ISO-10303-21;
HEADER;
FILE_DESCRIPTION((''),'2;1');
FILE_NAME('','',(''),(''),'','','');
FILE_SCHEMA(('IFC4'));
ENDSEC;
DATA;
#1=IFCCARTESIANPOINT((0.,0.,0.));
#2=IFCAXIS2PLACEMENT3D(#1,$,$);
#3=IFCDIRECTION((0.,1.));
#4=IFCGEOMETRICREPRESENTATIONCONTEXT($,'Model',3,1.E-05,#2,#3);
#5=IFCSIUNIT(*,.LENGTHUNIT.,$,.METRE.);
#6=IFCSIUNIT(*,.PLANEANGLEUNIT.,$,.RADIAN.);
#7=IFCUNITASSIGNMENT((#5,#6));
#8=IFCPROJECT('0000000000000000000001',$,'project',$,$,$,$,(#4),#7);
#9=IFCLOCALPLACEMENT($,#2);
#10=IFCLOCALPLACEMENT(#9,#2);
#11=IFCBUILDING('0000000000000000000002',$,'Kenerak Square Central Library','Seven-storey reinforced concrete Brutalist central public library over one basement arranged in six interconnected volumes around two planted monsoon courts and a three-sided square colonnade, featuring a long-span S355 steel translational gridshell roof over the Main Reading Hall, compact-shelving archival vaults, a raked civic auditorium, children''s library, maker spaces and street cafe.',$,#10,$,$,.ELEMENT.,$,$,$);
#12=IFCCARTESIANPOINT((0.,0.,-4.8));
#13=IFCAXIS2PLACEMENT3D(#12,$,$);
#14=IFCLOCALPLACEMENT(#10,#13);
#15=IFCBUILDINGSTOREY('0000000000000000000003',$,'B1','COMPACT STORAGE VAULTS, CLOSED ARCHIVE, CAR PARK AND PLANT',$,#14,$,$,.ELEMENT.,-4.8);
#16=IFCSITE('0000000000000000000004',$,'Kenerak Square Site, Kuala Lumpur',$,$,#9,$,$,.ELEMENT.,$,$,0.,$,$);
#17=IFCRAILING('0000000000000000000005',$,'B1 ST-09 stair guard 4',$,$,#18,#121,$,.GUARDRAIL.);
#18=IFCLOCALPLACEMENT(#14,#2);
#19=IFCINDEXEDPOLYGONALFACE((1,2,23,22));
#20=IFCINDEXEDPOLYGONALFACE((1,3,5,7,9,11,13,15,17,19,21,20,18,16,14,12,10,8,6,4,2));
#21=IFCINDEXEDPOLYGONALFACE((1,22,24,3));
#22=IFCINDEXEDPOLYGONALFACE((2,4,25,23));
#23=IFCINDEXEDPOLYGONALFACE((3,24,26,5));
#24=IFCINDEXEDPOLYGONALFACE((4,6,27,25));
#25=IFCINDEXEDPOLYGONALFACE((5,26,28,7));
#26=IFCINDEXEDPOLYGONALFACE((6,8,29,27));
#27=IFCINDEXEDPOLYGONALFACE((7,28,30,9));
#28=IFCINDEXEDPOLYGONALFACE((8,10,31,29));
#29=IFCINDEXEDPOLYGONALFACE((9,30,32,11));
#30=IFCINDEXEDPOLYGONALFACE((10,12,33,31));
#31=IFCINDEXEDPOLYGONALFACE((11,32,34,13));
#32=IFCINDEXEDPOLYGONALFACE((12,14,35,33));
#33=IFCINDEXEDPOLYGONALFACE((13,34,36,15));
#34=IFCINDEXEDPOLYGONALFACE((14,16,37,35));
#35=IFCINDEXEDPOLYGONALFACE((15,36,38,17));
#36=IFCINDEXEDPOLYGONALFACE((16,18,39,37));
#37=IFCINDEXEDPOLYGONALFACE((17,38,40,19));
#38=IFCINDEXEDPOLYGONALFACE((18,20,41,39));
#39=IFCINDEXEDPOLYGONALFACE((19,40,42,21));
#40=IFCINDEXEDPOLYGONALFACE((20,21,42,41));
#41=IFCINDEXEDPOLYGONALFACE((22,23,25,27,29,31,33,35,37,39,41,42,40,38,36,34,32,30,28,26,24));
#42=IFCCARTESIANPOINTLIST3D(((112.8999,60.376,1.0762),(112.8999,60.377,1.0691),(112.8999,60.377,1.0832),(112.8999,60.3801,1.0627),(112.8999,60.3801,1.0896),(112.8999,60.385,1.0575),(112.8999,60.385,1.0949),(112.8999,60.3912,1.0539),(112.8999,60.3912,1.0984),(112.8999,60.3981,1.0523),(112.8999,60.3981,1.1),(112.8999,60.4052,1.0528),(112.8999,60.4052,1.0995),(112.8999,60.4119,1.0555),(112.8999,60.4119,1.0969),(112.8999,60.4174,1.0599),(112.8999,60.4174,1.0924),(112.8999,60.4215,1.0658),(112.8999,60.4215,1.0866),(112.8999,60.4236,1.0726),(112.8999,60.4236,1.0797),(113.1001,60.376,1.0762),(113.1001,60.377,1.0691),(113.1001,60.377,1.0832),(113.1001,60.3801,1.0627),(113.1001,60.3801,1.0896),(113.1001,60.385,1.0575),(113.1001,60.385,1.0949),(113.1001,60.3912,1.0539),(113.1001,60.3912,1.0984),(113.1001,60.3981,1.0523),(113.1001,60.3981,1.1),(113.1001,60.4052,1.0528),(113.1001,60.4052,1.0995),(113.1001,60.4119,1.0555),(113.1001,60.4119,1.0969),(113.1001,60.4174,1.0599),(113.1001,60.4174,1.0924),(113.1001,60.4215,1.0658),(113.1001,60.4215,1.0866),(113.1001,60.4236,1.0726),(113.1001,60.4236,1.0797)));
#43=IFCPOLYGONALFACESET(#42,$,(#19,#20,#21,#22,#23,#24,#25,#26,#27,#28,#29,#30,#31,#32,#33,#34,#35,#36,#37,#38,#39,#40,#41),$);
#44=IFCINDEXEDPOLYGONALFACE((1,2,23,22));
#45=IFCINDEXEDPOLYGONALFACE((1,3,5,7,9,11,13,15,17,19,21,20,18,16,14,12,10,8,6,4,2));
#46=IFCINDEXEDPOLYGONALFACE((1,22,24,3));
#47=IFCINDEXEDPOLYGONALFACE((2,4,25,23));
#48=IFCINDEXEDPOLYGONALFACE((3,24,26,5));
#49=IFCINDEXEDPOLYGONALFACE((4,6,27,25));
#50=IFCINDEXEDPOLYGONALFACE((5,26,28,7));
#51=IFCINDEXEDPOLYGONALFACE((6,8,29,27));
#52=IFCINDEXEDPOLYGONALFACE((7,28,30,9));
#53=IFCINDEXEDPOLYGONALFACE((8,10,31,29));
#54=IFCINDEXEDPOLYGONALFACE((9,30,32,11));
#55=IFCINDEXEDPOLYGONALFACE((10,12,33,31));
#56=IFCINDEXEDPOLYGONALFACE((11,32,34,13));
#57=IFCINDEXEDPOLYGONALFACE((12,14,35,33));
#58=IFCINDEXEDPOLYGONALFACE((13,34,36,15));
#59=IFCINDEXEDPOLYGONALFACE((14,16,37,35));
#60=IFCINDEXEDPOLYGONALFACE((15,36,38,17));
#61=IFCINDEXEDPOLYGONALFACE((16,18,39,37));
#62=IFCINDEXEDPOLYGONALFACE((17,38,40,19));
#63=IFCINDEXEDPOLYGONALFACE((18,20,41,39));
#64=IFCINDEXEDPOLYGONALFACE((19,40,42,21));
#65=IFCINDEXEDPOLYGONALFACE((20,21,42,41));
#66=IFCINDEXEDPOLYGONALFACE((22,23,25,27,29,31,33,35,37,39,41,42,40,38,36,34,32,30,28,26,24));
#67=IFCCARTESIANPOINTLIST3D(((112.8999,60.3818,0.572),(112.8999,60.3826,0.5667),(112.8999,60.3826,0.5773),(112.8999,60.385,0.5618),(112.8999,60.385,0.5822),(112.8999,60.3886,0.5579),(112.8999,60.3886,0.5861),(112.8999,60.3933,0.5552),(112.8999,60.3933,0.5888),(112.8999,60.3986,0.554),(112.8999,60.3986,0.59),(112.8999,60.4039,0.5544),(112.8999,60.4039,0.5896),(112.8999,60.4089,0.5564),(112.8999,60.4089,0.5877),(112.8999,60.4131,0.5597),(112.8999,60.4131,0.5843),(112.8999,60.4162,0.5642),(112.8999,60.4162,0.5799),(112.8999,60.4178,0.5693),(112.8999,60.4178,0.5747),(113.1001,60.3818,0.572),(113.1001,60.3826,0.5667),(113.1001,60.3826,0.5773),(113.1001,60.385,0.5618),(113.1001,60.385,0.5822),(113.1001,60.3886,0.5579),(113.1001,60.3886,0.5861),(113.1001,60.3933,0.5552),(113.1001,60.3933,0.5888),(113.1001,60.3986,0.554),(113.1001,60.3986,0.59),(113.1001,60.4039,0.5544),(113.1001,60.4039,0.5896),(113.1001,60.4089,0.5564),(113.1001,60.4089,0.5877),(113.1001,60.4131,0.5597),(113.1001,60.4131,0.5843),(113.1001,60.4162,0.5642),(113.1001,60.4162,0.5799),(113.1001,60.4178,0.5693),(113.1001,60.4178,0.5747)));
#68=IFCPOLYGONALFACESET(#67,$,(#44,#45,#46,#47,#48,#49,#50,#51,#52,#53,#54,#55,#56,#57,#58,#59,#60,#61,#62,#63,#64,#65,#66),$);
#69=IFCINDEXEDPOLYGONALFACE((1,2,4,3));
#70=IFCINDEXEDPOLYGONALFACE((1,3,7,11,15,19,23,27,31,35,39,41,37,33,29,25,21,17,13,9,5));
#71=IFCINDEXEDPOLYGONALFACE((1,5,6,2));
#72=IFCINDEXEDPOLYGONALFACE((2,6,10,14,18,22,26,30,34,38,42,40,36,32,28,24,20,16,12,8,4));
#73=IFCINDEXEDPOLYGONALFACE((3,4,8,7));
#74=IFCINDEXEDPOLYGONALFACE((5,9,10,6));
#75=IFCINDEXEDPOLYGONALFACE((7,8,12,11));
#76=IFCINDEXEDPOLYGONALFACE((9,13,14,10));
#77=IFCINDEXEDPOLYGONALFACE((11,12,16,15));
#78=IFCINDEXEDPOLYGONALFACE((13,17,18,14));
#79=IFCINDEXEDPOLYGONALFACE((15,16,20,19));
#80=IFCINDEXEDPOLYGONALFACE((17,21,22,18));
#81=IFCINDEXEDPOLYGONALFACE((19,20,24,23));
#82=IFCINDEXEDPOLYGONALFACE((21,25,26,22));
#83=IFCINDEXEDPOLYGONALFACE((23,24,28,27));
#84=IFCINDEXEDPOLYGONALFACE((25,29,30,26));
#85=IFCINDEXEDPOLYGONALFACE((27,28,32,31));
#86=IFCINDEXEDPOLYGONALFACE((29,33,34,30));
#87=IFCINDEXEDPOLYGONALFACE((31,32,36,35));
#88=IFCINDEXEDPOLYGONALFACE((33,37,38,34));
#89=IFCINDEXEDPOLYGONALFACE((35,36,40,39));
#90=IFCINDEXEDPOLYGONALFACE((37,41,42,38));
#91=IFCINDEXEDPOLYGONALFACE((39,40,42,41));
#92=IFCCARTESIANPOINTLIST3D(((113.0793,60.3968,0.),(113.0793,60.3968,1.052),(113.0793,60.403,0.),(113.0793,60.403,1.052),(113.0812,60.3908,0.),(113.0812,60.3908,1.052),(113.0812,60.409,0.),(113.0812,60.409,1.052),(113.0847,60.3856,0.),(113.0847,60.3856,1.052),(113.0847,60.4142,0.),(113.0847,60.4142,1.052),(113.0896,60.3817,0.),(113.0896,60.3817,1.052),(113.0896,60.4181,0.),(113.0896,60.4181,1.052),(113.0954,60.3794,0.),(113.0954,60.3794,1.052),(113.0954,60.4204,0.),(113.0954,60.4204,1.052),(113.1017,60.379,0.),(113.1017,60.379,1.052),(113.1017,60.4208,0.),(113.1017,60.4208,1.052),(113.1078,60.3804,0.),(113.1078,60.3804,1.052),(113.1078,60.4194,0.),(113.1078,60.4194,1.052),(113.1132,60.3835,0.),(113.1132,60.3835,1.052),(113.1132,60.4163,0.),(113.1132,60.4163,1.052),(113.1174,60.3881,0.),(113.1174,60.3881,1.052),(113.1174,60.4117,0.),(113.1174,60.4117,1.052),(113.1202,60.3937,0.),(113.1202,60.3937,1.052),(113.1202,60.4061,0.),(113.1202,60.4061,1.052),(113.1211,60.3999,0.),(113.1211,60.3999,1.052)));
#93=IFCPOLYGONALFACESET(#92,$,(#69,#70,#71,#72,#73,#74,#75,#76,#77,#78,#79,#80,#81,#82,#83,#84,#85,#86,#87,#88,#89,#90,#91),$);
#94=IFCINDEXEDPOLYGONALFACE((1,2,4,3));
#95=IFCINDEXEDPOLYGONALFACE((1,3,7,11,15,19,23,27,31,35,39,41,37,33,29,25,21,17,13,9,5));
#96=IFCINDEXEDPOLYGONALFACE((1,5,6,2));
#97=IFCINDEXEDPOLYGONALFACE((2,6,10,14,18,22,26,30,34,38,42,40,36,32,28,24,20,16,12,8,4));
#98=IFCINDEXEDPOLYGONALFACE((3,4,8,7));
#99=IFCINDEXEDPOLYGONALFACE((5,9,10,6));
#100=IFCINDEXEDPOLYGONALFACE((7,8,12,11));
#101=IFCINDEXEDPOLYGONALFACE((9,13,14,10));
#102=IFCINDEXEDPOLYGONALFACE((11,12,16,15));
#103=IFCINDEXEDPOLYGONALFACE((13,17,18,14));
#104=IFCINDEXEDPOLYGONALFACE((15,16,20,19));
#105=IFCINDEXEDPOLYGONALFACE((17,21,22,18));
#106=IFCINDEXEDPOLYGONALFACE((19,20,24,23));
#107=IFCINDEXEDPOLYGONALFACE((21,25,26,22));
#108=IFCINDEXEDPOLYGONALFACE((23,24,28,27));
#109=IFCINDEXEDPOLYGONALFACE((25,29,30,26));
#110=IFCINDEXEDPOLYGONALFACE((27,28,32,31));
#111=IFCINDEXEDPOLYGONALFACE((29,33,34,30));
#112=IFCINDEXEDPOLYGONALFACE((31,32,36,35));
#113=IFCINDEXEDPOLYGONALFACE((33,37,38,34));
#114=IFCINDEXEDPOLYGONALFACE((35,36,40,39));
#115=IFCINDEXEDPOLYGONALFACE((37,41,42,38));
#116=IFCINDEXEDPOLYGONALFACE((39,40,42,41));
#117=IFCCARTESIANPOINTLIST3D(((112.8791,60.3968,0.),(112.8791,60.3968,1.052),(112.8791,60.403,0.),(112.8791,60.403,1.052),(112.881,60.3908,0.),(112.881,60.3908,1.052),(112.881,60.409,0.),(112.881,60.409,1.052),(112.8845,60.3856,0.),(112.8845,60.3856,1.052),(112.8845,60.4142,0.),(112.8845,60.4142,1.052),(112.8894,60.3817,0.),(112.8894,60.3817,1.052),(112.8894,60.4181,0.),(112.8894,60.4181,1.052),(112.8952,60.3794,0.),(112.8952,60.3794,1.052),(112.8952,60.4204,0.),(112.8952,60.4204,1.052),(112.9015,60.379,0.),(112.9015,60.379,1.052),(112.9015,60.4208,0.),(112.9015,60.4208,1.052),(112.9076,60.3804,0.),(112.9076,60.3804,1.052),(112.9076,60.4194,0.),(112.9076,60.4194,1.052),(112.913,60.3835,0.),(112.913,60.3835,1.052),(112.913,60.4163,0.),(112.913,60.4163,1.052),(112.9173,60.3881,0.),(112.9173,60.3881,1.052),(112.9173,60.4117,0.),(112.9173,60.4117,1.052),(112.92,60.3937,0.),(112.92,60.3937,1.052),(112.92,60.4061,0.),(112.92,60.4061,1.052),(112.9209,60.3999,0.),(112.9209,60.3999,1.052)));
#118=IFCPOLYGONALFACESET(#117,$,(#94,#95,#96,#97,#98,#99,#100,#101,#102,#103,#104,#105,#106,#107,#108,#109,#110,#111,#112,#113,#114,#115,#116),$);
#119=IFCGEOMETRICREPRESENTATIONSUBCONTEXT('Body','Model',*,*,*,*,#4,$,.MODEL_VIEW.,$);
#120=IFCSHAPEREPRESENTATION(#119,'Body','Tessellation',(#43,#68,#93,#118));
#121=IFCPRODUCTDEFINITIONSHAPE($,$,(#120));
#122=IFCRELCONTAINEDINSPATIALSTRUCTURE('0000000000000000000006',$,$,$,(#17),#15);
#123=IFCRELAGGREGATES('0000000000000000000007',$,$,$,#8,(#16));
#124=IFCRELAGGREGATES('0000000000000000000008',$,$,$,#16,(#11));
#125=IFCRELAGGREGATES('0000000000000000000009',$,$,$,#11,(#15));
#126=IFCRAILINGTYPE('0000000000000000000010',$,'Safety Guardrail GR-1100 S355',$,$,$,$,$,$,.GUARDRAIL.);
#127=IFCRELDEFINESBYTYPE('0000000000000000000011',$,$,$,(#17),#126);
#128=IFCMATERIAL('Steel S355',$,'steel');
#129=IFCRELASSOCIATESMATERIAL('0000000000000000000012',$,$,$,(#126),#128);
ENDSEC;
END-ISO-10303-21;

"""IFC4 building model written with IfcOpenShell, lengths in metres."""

from ifc_helpers import new_model, si_unit, direction, frame, origin, origin_2d, place, context, subcontext, project, spatial, circle, extrude, material, type_object, element, save


model = new_model("IFC4")

# Units and contexts
model_context = context("Model", 3, precision=1e-05, world=origin(), true_north=direction((0.0, 1.0)))
body_context = subcontext(model_context, "Body", "Model", "MODEL_VIEW")
ifc_project = project(units=[si_unit("LENGTHUNIT", "METRE"), si_unit("PLANEANGLEUNIT", "RADIAN")], contexts=[model_context])

# Site, building, storey
site_placement = place(None, origin())
site = spatial("IfcSite", under=ifc_project, at=site_placement, Name="Kenerak Square Site, Kuala Lumpur", CompositionType="ELEMENT", RefElevation=0.0)
building_placement = place(site_placement, origin())
building = spatial("IfcBuilding", under=site, at=building_placement, Name="Kenerak Square Central Library", Description="Seven-storey reinforced concrete Brutalist central public library over one basement arranged in six interconnected volumes around two planted monsoon courts and a three-sided square colonnade, featuring a long-span S355 steel translational gridshell roof over the Main Reading Hall, compact-shelving archival vaults, a raked civic auditorium, children's library, maker spaces and street cafe.", CompositionType="ELEMENT")
storey_placement = place(building_placement, frame((0.0, 0.0, -4.8)))
storey = spatial("IfcBuildingStorey", under=building, at=storey_placement, Name="B1", Description="COMPACT STORAGE VAULTS, CLOSED ARCHIVE, CAR PARK AND PLANT", CompositionType="ELEMENT", Elevation=-4.8)

# Railing
ifc_material_1 = material(Name="Steel S355", Category="steel")
railing_type_1 = type_object("IfcRailingType", Name="Safety Guardrail GR-1100 S355", PredefinedType="GUARDRAIL", material=ifc_material_1)
railing_1_placement = place(storey_placement, frame((113.1001, 60.3999, 0.0)))
element("IfcRailing", 1, at=railing_1_placement, inside=storey, type_object=railing_type_1, Name="B1 ST-09 stair guard 4", PredefinedType="GUARDRAIL", context=body_context, shape_type="SweptSolid", body=[
    extrude(circle(Radius=0.0239, at=origin_2d()), frame((0.0, 0.0, 1.0762), z_axis=(-1.0, 0.0, 0.0), x_axis=(0.0, -1.0, 0.0)), (0.0, 0.0, 1.0), 0.2002),
    extrude(circle(Radius=0.0181, at=origin_2d()), frame((0.0, 0.0, 0.572), z_axis=(-1.0, 0.0, 0.0), x_axis=(0.0, -1.0, 0.0)), (0.0, 0.0, 1.0), 0.2002),
    extrude(circle(Radius=0.021, at=origin_2d()), origin(), (0.0, 0.0, 1.0), 1.052),
    extrude(circle(Radius=0.021, at=origin_2d()), frame((-0.2002, 0.0, 0.0)), (0.0, 0.0, 1.0), 1.052),
])

save(model, "model.ifc")
